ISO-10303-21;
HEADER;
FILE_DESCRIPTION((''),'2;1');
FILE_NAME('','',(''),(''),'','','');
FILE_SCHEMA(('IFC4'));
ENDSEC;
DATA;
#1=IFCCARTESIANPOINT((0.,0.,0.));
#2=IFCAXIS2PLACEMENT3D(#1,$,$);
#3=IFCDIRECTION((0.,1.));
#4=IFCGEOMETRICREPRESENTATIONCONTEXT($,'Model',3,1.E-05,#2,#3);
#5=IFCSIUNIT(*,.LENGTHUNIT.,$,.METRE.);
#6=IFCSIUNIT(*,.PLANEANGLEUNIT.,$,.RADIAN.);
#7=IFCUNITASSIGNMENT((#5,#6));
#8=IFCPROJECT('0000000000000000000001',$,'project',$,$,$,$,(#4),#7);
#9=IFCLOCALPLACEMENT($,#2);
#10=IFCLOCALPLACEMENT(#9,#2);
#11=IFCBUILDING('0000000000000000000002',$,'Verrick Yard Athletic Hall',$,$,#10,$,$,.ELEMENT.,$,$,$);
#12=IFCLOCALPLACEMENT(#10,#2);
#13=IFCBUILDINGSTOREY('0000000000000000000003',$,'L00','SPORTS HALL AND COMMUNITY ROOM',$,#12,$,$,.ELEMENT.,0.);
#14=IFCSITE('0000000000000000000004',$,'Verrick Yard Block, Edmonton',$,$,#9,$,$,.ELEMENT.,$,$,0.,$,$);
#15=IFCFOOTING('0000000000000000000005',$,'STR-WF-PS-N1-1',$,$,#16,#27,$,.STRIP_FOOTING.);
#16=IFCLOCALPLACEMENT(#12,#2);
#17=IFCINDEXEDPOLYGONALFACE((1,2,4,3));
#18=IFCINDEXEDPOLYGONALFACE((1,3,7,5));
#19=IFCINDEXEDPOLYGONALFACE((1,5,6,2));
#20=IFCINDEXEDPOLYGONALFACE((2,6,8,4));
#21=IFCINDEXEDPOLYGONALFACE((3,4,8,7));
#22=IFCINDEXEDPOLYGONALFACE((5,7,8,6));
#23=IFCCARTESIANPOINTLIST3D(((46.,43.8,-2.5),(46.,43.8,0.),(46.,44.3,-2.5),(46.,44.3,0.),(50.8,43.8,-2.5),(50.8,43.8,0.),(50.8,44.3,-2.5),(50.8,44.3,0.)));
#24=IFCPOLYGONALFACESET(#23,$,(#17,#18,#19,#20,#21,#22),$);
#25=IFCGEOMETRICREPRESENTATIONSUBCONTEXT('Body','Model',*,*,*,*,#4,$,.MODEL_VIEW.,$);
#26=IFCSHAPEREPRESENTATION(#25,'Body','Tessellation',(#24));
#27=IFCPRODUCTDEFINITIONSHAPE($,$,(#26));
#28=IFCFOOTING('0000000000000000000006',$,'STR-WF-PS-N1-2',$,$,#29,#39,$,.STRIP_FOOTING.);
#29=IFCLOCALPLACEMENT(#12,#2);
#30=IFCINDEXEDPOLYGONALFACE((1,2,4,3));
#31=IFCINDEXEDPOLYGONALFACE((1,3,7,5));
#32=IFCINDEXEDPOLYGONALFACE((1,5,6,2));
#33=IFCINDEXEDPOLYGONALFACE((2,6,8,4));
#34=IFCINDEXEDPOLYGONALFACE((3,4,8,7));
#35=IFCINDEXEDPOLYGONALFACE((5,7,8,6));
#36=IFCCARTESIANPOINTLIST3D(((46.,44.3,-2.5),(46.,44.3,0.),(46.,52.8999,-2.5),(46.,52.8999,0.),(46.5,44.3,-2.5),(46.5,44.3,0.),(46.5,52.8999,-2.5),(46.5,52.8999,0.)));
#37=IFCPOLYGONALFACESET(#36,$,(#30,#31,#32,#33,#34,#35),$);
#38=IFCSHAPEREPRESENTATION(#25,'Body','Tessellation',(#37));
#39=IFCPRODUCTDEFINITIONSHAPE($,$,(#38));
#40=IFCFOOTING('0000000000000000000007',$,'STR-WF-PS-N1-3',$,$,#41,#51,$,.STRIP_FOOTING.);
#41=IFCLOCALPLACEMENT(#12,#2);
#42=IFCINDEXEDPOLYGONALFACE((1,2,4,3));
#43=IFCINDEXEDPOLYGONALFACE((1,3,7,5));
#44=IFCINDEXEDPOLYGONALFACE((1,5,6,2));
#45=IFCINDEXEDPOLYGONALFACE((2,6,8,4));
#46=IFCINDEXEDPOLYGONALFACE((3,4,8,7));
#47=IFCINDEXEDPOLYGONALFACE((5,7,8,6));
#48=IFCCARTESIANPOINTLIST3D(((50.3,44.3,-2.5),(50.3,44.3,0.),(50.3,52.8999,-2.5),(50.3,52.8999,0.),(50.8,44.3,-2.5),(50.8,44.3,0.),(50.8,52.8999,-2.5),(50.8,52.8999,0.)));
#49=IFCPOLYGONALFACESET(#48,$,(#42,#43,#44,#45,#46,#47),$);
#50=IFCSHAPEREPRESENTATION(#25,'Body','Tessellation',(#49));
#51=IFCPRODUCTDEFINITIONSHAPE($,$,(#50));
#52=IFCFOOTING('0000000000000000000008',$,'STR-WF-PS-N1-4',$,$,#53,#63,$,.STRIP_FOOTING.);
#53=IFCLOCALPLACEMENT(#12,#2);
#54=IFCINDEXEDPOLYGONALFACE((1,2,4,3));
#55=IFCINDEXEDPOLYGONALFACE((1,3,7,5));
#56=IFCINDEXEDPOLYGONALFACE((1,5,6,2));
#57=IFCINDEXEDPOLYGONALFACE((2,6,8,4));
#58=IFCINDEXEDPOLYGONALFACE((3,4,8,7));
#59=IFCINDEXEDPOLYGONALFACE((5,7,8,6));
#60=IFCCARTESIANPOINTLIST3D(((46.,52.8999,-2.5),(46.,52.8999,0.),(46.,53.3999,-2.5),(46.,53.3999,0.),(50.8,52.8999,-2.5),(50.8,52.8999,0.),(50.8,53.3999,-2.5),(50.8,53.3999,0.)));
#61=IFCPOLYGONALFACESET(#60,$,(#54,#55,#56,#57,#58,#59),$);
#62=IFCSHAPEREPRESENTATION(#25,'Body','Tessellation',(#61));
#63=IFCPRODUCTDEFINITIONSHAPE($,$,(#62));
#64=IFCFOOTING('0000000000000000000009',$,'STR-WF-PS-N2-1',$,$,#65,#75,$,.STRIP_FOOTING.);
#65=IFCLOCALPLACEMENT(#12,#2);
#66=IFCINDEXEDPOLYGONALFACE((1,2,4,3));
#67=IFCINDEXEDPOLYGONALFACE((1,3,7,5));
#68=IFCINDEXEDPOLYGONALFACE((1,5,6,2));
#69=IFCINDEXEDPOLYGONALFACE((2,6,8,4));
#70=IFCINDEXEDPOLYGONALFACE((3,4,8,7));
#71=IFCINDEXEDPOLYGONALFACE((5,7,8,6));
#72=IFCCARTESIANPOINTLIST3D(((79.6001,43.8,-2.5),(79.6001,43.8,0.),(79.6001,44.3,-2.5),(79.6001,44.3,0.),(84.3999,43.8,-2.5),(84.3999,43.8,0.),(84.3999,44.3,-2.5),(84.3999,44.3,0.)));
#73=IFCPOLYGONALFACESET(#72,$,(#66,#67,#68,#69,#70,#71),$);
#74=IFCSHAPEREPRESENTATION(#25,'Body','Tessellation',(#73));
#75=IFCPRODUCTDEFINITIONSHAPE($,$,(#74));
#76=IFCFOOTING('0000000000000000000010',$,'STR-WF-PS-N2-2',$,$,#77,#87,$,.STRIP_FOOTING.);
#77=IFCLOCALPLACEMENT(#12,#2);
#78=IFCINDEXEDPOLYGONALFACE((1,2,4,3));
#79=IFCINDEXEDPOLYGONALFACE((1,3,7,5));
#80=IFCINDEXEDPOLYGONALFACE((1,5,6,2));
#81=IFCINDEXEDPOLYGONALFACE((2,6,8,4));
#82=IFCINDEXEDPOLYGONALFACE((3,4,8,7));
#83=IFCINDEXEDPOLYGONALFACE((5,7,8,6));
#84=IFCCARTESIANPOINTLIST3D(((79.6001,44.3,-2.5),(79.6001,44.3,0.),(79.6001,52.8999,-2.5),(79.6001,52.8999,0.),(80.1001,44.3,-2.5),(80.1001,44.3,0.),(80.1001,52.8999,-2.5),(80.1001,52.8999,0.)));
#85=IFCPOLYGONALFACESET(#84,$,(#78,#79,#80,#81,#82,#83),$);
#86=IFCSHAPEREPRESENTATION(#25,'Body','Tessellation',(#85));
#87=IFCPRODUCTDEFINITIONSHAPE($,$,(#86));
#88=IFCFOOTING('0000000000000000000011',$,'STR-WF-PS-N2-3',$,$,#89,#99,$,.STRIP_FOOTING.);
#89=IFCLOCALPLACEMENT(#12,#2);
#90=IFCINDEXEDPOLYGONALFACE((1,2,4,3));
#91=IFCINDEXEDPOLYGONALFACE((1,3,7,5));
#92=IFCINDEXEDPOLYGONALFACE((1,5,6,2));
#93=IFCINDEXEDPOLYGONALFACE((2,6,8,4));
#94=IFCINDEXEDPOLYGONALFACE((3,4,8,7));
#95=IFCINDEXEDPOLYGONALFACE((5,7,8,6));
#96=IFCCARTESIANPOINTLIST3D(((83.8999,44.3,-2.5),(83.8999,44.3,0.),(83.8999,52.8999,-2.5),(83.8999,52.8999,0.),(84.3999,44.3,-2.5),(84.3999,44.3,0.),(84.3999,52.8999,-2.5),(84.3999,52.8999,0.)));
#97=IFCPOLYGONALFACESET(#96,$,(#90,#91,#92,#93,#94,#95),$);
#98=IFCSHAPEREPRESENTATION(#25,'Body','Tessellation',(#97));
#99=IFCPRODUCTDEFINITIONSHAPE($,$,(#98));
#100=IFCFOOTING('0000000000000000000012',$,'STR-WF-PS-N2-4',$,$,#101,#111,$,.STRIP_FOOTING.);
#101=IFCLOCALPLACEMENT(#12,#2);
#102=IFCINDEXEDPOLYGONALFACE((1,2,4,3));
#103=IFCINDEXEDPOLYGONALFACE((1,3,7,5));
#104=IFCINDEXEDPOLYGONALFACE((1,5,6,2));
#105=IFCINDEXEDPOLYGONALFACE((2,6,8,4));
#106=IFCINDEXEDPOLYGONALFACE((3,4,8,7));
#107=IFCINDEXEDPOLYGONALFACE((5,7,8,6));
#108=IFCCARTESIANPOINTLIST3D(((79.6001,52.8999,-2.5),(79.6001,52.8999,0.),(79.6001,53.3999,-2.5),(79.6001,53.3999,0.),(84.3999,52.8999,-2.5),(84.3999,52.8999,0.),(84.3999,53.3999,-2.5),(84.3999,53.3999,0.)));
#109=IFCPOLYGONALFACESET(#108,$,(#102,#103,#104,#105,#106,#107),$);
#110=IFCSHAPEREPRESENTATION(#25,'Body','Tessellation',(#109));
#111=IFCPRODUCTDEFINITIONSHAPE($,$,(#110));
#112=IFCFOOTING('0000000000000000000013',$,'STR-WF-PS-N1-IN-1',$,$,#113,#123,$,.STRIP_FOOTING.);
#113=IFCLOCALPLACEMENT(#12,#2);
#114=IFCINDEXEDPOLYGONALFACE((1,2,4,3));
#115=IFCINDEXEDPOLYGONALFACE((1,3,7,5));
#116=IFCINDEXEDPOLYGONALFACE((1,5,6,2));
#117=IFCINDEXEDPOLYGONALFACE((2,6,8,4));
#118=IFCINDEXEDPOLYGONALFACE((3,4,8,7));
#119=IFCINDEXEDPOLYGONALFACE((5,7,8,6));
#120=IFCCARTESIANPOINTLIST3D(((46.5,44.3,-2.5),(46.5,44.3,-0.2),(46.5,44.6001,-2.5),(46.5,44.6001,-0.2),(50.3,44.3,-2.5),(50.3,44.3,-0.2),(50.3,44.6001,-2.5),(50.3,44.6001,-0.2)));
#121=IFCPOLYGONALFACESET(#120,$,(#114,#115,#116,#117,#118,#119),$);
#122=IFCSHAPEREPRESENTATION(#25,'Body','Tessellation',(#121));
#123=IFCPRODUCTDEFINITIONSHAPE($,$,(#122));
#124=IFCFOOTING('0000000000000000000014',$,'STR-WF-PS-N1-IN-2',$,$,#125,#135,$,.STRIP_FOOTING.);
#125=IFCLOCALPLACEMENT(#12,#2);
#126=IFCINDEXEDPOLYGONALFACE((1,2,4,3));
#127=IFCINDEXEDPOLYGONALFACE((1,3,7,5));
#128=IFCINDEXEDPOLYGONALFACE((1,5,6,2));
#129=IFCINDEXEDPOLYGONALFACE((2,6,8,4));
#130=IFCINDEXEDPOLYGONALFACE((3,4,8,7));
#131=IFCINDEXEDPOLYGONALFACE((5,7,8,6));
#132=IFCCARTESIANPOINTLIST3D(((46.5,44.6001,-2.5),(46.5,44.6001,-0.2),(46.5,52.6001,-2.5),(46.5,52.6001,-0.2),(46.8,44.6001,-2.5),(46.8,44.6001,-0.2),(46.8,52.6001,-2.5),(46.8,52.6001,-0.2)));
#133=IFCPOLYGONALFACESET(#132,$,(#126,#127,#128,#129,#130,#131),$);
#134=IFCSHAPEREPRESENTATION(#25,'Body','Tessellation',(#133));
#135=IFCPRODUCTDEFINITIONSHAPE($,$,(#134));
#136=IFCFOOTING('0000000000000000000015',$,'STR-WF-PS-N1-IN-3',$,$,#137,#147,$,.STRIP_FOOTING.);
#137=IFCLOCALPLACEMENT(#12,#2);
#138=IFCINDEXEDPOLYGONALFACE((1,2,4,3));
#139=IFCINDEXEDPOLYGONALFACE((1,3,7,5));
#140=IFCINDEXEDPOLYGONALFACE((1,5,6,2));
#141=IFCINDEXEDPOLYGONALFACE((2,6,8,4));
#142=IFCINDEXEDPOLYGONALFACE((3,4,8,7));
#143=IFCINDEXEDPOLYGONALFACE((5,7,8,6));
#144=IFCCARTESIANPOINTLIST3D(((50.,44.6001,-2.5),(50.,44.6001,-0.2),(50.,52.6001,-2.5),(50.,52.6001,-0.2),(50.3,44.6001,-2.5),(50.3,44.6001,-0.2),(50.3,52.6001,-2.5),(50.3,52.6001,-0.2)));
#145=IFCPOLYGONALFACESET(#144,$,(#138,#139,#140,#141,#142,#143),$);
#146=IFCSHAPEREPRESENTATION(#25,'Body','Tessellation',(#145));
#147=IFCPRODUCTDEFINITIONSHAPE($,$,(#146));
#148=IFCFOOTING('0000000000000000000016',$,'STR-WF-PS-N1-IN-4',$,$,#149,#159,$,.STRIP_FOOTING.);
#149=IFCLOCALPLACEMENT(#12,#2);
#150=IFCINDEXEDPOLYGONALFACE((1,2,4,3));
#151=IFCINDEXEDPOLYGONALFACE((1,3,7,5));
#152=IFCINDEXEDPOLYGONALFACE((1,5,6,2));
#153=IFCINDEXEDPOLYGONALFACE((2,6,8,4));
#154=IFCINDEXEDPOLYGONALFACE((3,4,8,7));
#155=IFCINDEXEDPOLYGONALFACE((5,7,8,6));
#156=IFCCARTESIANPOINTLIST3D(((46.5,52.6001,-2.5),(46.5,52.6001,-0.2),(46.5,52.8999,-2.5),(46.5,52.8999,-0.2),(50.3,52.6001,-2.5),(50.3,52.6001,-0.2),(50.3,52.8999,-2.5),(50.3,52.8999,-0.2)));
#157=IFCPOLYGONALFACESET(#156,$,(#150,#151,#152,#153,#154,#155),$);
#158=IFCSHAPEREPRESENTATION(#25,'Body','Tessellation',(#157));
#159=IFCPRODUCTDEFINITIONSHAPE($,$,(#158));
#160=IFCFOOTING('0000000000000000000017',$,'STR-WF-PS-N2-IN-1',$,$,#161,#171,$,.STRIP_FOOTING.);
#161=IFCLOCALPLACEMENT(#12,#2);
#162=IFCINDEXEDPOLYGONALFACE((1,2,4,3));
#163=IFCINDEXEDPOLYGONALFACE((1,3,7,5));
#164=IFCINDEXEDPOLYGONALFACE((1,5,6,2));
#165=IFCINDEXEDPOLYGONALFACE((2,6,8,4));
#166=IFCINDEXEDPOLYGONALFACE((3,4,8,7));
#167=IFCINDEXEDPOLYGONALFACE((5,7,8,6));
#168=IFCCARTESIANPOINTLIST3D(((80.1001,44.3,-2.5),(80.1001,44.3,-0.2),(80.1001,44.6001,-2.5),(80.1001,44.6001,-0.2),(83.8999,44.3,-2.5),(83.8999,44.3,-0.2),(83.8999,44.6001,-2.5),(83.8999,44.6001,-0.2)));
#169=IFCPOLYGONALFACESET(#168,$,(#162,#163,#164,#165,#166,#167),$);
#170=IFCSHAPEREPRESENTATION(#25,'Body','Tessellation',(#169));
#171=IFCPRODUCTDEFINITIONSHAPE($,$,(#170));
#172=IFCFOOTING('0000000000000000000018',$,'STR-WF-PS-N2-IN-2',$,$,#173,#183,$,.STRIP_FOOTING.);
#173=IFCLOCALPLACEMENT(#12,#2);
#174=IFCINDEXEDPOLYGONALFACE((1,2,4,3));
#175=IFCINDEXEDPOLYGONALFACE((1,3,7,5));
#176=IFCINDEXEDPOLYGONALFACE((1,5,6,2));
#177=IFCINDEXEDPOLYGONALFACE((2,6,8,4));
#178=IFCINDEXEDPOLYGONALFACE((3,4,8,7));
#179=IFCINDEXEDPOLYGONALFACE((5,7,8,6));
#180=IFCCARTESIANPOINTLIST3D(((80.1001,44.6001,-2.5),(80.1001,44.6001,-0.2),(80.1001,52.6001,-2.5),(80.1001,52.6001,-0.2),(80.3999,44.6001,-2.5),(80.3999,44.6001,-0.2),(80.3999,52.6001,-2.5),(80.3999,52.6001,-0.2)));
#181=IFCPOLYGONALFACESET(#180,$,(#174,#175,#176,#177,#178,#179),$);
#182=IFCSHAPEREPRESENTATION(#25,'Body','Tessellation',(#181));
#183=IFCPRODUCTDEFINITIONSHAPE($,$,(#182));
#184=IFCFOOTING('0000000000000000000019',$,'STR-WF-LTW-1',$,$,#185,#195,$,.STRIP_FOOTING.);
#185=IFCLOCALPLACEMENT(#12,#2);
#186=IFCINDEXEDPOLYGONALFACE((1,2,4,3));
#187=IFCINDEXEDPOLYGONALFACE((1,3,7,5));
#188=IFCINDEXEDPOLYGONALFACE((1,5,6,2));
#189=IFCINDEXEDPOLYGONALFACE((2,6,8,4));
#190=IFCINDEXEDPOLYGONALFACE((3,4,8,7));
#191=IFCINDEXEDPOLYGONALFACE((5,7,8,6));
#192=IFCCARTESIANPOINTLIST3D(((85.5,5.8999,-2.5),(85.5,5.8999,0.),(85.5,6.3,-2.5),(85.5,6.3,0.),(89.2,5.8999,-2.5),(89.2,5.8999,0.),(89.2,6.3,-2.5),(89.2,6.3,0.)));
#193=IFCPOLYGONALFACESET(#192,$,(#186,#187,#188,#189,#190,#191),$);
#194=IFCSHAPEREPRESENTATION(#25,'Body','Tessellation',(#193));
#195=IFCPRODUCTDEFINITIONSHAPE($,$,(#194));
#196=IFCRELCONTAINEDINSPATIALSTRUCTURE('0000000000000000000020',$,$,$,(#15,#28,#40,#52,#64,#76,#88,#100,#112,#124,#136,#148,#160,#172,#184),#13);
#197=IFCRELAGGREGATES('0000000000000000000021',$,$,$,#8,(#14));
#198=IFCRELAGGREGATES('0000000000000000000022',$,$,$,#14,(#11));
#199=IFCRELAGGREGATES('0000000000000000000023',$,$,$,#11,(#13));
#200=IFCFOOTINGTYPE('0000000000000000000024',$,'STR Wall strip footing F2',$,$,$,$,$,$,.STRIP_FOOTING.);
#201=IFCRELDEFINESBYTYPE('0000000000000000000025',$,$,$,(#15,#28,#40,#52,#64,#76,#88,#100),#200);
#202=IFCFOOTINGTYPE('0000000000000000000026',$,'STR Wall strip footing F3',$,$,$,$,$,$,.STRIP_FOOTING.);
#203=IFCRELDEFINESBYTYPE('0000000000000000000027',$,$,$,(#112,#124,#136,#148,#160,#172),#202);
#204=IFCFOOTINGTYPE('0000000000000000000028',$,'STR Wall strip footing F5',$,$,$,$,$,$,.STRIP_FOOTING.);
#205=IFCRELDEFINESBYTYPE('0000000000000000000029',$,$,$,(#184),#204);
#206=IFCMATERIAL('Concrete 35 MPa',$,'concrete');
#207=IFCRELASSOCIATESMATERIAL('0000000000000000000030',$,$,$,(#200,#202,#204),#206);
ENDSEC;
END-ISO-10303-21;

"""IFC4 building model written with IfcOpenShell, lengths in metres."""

from ifc_helpers import new_model, si_unit, direction, frame, origin, origin_2d, place, context, subcontext, project, spatial, polyline, rectangle, outline, extrude, material, material_profile, profile_set, type_object, element, save


model = new_model("IFC4")

# Units and contexts
model_context = context("Model", 3, precision=1e-05, world=origin(), true_north=direction((0.0, 1.0)))
body_context = subcontext(model_context, "Body", "Model", "MODEL_VIEW")
ifc_project = project(units=[si_unit("LENGTHUNIT", "METRE"), si_unit("PLANEANGLEUNIT", "RADIAN")], contexts=[model_context])

# Site, building, storey
site_placement = place(None, origin())
site = spatial("IfcSite", under=ifc_project, at=site_placement, Name="Verrick Yard Block, Edmonton", CompositionType="ELEMENT", RefElevation=0.0)
building_placement = place(site_placement, origin())
building = spatial("IfcBuilding", under=site, at=building_placement, Name="Verrick Yard Athletic Hall", CompositionType="ELEMENT")
storey_placement = place(building_placement, origin())
storey = spatial("IfcBuildingStorey", under=building, at=storey_placement, Name="L00", Description="SPORTS HALL AND COMMUNITY ROOM", CompositionType="ELEMENT", Elevation=0.0)

# Footings
ifc_material = material(Name="Concrete 35 MPa", Category="concrete")
ifc_material_profile_1 = material_profile(ifc_material, rectangle(XDim=0.5, YDim=2.5, at=origin_2d()), Name="STR Wall strip footing F2")
ifc_profile_set_1 = profile_set([ifc_material_profile_1], Name="Concrete 35 MPa")
footing_type_1 = type_object("IfcFootingType", Name="STR Wall strip footing F2", PredefinedType="STRIP_FOOTING", material=ifc_profile_set_1)
footing_1_placement = place(storey_placement, frame((0.0, 0.0, -2.5)))
element("IfcFooting", 1, at=footing_1_placement, inside=storey, type_object=footing_type_1, Name="STR-WF-PS-N1-1", PredefinedType="STRIP_FOOTING", context=body_context, shape_type="SweptSolid", body=[
    extrude(outline(polyline([(46.0, 43.8), (50.8, 43.8), (50.8, 44.3), (46.0, 44.3), (46.0, 43.8)])), origin(), (0.0, 0.0, 1.0), 2.5),
])
footing_2_placement = place(storey_placement, frame((0.0, 0.0, -2.5)))
element("IfcFooting", 2, at=footing_2_placement, inside=storey, type_object=footing_type_1, Name="STR-WF-PS-N1-2", PredefinedType="STRIP_FOOTING", context=body_context, shape_type="SweptSolid", body=[
    extrude(outline(polyline([(46.0, 44.3), (46.5, 44.3), (46.5, 52.8999), (46.0, 52.8999), (46.0, 44.3)])), origin(), (0.0, 0.0, 1.0), 2.5),
])
footing_3_placement = place(storey_placement, frame((0.0, 0.0, -2.5)))
element("IfcFooting", 3, at=footing_3_placement, inside=storey, type_object=footing_type_1, Name="STR-WF-PS-N1-3", PredefinedType="STRIP_FOOTING", context=body_context, shape_type="SweptSolid", body=[
    extrude(outline(polyline([(50.3, 44.3), (50.8, 44.3), (50.8, 52.8999), (50.3, 52.8999), (50.3, 44.3)])), origin(), (0.0, 0.0, 1.0), 2.5),
])
footing_4_placement = place(storey_placement, frame((0.0, 0.0, -2.5)))
element("IfcFooting", 4, at=footing_4_placement, inside=storey, type_object=footing_type_1, Name="STR-WF-PS-N1-4", PredefinedType="STRIP_FOOTING", context=body_context, shape_type="SweptSolid", body=[
    extrude(outline(polyline([(46.0, 52.8999), (50.8, 52.8999), (50.8, 53.3999), (46.0, 53.3999), (46.0, 52.8999)])), origin(), (0.0, 0.0, 1.0), 2.5),
])
footing_5_placement = place(storey_placement, frame((0.0, 0.0, -2.5)))
element("IfcFooting", 5, at=footing_5_placement, inside=storey, type_object=footing_type_1, Name="STR-WF-PS-N2-1", PredefinedType="STRIP_FOOTING", context=body_context, shape_type="SweptSolid", body=[
    extrude(outline(polyline([(79.6001, 43.8), (84.3999, 43.8), (84.3999, 44.3), (79.6001, 44.3), (79.6001, 43.8)])), origin(), (0.0, 0.0, 1.0), 2.5),
])
footing_6_placement = place(storey_placement, frame((0.0, 0.0, -2.5)))
element("IfcFooting", 6, at=footing_6_placement, inside=storey, type_object=footing_type_1, Name="STR-WF-PS-N2-2", PredefinedType="STRIP_FOOTING", context=body_context, shape_type="SweptSolid", body=[
    extrude(outline(polyline([(79.6001, 44.3), (80.1001, 44.3), (80.1001, 52.8999), (79.6001, 52.8999), (79.6001, 44.3)])), origin(), (0.0, 0.0, 1.0), 2.5),
])
footing_7_placement = place(storey_placement, frame((0.0, 0.0, -2.5)))
element("IfcFooting", 7, at=footing_7_placement, inside=storey, type_object=footing_type_1, Name="STR-WF-PS-N2-3", PredefinedType="STRIP_FOOTING", context=body_context, shape_type="SweptSolid", body=[
    extrude(outline(polyline([(83.8999, 44.3), (84.3999, 44.3), (84.3999, 52.8999), (83.8999, 52.8999), (83.8999, 44.3)])), origin(), (0.0, 0.0, 1.0), 2.5),
])
footing_8_placement = place(storey_placement, frame((0.0, 0.0, -2.5)))
element("IfcFooting", 8, at=footing_8_placement, inside=storey, type_object=footing_type_1, Name="STR-WF-PS-N2-4", PredefinedType="STRIP_FOOTING", context=body_context, shape_type="SweptSolid", body=[
    extrude(outline(polyline([(79.6001, 52.8999), (84.3999, 52.8999), (84.3999, 53.3999), (79.6001, 53.3999), (79.6001, 52.8999)])), origin(), (0.0, 0.0, 1.0), 2.5),
])
ifc_material_profile_2 = material_profile(ifc_material, rectangle(XDim=0.3, YDim=2.3, at=origin_2d()), Name="STR Wall strip footing F3")
ifc_profile_set_2 = profile_set([ifc_material_profile_2], Name="Concrete 35 MPa")
footing_type_2 = type_object("IfcFootingType", Name="STR Wall strip footing F3", PredefinedType="STRIP_FOOTING", material=ifc_profile_set_2)
footing_9_placement = place(storey_placement, frame((0.0, 0.0, -2.5)))
element("IfcFooting", 9, at=footing_9_placement, inside=storey, type_object=footing_type_2, Name="STR-WF-PS-N1-IN-1", PredefinedType="STRIP_FOOTING", context=body_context, shape_type="SweptSolid", body=[
    extrude(outline(polyline([(46.5, 44.3), (50.3, 44.3), (50.3, 44.6001), (46.5, 44.6001), (46.5, 44.3)])), origin(), (0.0, 0.0, 1.0), 2.3),
])
footing_10_placement = place(storey_placement, frame((0.0, 0.0, -2.5)))
element("IfcFooting", 10, at=footing_10_placement, inside=storey, type_object=footing_type_2, Name="STR-WF-PS-N1-IN-2", PredefinedType="STRIP_FOOTING", context=body_context, shape_type="SweptSolid", body=[
    extrude(outline(polyline([(46.5, 44.6001), (46.8, 44.6001), (46.8, 52.6001), (46.5, 52.6001), (46.5, 44.6001)])), origin(), (0.0, 0.0, 1.0), 2.3),
])
footing_11_placement = place(storey_placement, frame((0.0, 0.0, -2.5)))
element("IfcFooting", 11, at=footing_11_placement, inside=storey, type_object=footing_type_2, Name="STR-WF-PS-N1-IN-3", PredefinedType="STRIP_FOOTING", context=body_context, shape_type="SweptSolid", body=[
    extrude(outline(polyline([(50.0, 44.6001), (50.3, 44.6001), (50.3, 52.6001), (50.0, 52.6001), (50.0, 44.6001)])), origin(), (0.0, 0.0, 1.0), 2.3),
])
footing_12_placement = place(storey_placement, frame((0.0, 0.0, -2.5)))
element("IfcFooting", 12, at=footing_12_placement, inside=storey, type_object=footing_type_2, Name="STR-WF-PS-N1-IN-4", PredefinedType="STRIP_FOOTING", context=body_context, shape_type="SweptSolid", body=[
    extrude(outline(polyline([(46.5, 52.6001), (50.3, 52.6001), (50.3, 52.8999), (46.5, 52.8999), (46.5, 52.6001)])), origin(), (0.0, 0.0, 1.0), 2.3),
])
footing_13_placement = place(storey_placement, frame((0.0, 0.0, -2.5)))
element("IfcFooting", 13, at=footing_13_placement, inside=storey, type_object=footing_type_2, Name="STR-WF-PS-N2-IN-1", PredefinedType="STRIP_FOOTING", context=body_context, shape_type="SweptSolid", body=[
    extrude(outline(polyline([(80.1001, 44.3), (83.8999, 44.3), (83.8999, 44.6001), (80.1001, 44.6001), (80.1001, 44.3)])), origin(), (0.0, 0.0, 1.0), 2.3),
])
footing_14_placement = place(storey_placement, frame((0.0, 0.0, -2.5)))
element("IfcFooting", 14, at=footing_14_placement, inside=storey, type_object=footing_type_2, Name="STR-WF-PS-N2-IN-2", PredefinedType="STRIP_FOOTING", context=body_context, shape_type="SweptSolid", body=[
    extrude(outline(polyline([(80.1001, 44.6001), (80.3999, 44.6001), (80.3999, 52.6001), (80.1001, 52.6001), (80.1001, 44.6001)])), origin(), (0.0, 0.0, 1.0), 2.3),
])
ifc_material_profile_3 = material_profile(ifc_material, rectangle(XDim=0.3999, YDim=2.5, at=origin_2d()), Name="STR Wall strip footing F5")
ifc_profile_set_3 = profile_set([ifc_material_profile_3], Name="Concrete 35 MPa")
footing_type_3 = type_object("IfcFootingType", Name="STR Wall strip footing F5", PredefinedType="STRIP_FOOTING", material=ifc_profile_set_3)
footing_15_placement = place(storey_placement, frame((0.0, 0.0, -2.5)))
element("IfcFooting", 15, at=footing_15_placement, inside=storey, type_object=footing_type_3, Name="STR-WF-LTW-1", PredefinedType="STRIP_FOOTING", context=body_context, shape_type="SweptSolid", body=[
    extrude(outline(polyline([(85.5, 5.8999), (89.2, 5.8999), (89.2, 6.3), (85.5, 6.3), (85.5, 5.8999)])), origin(), (0.0, 0.0, 1.0), 2.5),
])

save(model, "model.ifc")
